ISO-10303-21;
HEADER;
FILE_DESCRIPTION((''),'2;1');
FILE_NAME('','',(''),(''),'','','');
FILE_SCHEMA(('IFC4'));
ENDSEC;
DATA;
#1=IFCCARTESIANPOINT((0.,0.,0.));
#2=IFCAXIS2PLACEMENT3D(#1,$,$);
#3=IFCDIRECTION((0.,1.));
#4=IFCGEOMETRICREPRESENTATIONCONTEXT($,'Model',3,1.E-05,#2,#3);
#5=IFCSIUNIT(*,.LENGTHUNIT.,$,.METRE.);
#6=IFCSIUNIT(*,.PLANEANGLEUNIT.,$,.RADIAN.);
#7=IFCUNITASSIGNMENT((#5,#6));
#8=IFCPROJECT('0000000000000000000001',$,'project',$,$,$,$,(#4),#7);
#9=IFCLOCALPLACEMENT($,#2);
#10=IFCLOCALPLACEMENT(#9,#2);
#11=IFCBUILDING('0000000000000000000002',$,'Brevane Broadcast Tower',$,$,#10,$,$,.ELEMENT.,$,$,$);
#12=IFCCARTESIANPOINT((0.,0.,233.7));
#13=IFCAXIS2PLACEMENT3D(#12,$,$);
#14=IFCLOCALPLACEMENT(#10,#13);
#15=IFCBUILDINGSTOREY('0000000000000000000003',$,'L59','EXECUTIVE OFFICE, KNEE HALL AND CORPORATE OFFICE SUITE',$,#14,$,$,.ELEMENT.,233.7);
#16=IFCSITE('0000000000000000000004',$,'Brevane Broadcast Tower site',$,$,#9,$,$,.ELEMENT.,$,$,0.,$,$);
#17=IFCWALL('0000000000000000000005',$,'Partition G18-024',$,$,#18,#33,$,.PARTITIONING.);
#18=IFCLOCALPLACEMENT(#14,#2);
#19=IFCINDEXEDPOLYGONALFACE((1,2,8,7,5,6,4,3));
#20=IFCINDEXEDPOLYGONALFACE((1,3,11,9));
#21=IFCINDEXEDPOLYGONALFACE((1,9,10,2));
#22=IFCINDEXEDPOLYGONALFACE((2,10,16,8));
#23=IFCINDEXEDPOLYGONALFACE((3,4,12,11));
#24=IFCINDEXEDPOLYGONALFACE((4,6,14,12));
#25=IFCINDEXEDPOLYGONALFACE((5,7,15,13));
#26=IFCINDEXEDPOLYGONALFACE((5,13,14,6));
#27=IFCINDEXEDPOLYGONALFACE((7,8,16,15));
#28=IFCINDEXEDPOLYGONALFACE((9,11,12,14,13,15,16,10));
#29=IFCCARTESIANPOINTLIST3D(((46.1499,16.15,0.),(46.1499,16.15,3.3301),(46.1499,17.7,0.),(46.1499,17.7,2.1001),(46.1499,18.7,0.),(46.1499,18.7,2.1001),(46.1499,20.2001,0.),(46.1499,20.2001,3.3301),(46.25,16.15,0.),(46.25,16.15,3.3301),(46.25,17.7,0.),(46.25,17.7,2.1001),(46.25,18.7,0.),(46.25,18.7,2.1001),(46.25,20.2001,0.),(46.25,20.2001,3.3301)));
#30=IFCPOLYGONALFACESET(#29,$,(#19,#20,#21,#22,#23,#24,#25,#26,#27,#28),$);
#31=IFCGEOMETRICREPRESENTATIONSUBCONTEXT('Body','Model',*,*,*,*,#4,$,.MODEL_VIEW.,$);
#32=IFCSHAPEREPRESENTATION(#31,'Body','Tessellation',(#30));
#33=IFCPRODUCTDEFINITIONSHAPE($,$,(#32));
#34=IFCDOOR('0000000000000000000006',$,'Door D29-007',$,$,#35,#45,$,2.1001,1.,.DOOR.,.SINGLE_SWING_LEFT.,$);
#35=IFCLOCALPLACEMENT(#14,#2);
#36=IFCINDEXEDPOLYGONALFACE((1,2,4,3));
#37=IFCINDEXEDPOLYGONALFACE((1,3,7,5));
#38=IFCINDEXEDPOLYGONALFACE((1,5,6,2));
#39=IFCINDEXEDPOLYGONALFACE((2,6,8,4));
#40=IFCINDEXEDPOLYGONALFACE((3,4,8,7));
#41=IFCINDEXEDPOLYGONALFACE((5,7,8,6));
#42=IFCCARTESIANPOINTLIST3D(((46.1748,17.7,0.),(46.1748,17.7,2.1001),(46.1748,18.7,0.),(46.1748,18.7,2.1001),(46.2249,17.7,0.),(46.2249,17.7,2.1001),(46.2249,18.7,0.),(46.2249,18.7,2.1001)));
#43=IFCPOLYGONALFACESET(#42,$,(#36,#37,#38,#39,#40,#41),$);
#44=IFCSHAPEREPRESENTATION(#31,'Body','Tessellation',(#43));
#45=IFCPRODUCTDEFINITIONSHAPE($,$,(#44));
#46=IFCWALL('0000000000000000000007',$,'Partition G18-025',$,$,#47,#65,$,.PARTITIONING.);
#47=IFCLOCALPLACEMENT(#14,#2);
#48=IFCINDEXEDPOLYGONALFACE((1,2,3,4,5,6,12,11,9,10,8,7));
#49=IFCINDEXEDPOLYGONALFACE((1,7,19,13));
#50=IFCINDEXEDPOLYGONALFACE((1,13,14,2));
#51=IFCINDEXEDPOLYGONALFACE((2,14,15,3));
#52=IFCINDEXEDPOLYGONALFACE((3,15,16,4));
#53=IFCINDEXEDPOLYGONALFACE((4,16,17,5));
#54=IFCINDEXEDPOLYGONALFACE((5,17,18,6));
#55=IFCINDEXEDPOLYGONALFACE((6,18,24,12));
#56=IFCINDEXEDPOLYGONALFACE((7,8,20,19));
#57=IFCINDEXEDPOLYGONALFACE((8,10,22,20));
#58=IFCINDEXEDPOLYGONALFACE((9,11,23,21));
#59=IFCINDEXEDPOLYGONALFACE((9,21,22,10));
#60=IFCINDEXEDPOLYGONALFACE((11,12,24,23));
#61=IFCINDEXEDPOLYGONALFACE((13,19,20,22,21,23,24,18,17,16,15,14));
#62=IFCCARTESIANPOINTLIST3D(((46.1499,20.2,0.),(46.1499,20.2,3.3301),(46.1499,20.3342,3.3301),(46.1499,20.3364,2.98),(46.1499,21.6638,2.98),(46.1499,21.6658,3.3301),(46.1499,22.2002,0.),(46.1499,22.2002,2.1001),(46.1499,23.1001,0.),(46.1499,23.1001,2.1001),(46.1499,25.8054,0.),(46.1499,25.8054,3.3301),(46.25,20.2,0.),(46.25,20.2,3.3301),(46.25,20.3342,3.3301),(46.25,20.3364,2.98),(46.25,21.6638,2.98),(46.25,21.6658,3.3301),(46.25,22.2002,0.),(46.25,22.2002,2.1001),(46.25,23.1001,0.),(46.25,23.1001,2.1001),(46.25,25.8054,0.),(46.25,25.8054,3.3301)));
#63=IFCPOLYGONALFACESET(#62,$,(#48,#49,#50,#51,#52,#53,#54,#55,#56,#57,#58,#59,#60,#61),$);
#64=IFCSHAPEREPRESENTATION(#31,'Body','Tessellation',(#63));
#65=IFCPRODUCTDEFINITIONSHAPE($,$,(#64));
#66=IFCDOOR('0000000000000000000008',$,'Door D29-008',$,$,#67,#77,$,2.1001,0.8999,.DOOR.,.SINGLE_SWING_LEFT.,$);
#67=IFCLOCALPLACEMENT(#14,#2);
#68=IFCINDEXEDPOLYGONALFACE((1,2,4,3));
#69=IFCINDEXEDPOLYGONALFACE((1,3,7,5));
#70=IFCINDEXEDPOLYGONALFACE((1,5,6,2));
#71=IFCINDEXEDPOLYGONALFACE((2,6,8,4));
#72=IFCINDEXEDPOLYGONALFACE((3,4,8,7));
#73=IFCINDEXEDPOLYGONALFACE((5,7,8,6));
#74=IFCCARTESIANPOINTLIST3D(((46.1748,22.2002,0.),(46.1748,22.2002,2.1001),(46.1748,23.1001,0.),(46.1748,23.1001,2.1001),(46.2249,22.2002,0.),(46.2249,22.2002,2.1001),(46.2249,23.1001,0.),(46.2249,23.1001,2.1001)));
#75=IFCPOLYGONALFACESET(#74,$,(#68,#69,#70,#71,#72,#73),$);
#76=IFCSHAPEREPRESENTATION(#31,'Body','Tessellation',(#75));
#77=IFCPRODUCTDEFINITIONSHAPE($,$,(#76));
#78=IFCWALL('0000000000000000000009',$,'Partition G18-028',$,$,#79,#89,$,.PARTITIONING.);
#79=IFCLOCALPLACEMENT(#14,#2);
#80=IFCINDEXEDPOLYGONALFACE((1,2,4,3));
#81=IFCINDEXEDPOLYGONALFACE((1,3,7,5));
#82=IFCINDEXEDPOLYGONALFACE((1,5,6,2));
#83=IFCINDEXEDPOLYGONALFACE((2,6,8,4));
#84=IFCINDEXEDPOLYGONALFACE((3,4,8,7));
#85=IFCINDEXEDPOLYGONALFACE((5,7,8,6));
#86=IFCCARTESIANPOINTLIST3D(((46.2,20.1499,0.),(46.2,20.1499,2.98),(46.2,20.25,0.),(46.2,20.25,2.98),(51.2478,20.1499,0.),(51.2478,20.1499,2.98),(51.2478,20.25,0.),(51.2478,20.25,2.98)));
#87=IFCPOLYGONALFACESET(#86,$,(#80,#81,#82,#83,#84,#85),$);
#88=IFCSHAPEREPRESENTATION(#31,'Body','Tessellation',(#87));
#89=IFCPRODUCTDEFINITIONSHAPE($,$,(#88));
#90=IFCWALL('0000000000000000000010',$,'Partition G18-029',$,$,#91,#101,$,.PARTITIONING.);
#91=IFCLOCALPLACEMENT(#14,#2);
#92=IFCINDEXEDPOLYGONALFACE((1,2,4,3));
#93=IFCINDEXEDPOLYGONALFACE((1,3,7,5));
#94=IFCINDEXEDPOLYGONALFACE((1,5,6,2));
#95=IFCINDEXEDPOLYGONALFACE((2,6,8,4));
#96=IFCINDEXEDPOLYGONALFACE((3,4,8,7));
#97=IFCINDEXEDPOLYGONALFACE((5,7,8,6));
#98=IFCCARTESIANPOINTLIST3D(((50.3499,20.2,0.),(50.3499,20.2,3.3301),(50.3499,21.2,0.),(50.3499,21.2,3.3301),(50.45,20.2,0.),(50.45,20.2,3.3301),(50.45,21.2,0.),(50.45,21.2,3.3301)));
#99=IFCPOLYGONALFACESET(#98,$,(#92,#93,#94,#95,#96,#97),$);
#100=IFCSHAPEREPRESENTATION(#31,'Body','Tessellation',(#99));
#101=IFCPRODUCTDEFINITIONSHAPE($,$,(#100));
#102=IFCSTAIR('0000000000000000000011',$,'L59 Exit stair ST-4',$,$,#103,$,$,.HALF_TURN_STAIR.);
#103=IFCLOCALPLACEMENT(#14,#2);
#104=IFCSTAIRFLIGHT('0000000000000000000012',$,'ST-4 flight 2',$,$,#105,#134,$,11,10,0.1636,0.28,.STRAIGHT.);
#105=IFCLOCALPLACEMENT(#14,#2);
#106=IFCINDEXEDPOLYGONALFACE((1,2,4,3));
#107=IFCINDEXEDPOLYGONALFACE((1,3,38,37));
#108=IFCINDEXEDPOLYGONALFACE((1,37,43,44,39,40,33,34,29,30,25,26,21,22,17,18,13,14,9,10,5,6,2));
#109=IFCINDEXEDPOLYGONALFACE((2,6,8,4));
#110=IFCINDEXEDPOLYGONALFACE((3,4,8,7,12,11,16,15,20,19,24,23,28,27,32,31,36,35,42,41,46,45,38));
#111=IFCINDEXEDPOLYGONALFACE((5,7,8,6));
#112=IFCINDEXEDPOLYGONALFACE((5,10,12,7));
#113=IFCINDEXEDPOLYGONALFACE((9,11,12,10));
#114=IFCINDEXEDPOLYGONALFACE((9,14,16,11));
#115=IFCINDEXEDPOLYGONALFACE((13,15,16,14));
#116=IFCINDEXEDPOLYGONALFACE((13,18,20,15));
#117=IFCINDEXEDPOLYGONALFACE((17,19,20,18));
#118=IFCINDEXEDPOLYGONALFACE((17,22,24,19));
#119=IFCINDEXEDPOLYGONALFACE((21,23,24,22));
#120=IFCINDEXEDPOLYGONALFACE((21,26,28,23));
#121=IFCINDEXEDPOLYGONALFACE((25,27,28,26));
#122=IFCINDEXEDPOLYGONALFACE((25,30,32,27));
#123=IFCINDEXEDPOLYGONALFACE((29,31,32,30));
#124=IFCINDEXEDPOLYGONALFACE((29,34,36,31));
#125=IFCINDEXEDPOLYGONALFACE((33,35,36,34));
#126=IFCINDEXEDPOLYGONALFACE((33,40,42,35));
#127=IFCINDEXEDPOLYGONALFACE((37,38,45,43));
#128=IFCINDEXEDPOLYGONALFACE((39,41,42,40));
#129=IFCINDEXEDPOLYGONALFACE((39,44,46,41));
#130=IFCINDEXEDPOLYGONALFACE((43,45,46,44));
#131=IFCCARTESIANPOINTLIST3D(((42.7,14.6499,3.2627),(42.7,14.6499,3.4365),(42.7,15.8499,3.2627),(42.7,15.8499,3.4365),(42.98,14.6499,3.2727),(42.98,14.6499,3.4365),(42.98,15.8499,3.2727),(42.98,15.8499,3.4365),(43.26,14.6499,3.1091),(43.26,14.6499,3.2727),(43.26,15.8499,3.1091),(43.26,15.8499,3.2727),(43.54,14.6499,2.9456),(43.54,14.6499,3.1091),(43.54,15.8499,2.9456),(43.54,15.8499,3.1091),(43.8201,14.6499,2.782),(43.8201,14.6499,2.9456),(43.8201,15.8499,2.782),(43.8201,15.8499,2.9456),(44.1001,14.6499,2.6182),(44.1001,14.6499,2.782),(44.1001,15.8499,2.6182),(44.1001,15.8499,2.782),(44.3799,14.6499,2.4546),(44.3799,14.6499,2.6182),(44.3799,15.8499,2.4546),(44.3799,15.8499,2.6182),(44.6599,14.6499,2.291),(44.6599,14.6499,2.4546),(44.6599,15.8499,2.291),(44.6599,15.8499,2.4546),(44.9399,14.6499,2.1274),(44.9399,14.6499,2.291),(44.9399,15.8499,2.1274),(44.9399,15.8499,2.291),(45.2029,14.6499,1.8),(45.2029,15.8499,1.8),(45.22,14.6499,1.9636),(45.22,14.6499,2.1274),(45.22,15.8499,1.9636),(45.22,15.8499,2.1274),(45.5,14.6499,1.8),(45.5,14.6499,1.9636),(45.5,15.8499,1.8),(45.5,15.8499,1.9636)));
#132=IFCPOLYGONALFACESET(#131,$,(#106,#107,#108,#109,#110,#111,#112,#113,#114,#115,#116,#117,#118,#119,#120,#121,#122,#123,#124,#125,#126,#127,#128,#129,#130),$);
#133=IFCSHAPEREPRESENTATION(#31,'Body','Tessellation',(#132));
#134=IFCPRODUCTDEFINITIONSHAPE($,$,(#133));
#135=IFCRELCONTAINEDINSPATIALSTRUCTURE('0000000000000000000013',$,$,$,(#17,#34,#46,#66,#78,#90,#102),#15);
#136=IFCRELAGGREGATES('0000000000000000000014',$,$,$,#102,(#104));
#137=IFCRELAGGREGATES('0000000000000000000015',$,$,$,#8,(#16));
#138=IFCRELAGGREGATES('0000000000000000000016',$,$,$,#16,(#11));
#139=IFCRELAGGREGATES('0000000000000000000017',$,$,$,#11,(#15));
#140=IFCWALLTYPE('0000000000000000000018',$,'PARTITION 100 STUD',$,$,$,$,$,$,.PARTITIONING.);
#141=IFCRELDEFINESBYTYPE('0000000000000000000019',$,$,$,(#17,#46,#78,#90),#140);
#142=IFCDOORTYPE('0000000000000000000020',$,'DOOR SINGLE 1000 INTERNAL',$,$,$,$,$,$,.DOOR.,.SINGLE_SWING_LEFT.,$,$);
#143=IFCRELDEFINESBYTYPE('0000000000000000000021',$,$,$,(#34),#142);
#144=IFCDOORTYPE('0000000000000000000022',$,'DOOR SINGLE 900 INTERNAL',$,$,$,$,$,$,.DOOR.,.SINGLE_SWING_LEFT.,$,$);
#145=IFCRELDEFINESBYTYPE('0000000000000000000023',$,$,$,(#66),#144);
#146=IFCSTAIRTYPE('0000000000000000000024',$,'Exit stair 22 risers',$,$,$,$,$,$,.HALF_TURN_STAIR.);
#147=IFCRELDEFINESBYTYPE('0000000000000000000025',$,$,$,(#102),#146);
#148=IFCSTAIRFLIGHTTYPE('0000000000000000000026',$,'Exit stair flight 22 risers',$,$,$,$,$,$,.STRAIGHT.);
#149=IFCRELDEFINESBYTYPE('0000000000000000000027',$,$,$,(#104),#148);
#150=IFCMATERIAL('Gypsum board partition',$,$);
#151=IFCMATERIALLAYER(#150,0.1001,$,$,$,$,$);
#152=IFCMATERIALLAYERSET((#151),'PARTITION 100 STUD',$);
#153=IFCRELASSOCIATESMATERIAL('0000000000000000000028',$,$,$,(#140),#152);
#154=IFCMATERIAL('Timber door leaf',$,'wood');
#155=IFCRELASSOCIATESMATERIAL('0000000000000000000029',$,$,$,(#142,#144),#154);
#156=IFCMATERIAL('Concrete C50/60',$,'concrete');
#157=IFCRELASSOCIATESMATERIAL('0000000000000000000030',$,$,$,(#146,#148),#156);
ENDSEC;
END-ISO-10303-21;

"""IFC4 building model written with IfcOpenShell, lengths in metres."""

from ifc_helpers import new_model, si_unit, direction, frame, frame_2d, origin, place, context, subcontext, project, spatial, polyline, rectangle, outline, extrude, material, layer, layer_set, type_object, element, fill, aggregate, save


model = new_model("IFC4")

# Units and contexts
model_context = context("Model", 3, precision=1e-05, world=origin(), true_north=direction((0.0, 1.0)))
body_context = subcontext(model_context, "Body", "Model", "MODEL_VIEW")
ifc_project = project(units=[si_unit("LENGTHUNIT", "METRE"), si_unit("PLANEANGLEUNIT", "RADIAN")], contexts=[model_context])

# Site, building, storey
site_placement = place(None, origin())
site = spatial("IfcSite", under=ifc_project, at=site_placement, Name="Brevane Broadcast Tower site", CompositionType="ELEMENT", RefElevation=0.0)
building_placement = place(site_placement, origin())
building = spatial("IfcBuilding", under=site, at=building_placement, Name="Brevane Broadcast Tower", CompositionType="ELEMENT")
storey_placement = place(building_placement, frame((0.0, 0.0, 233.7)))
storey = spatial("IfcBuildingStorey", under=building, at=storey_placement, Name="L59", Description="EXECUTIVE OFFICE, KNEE HALL AND CORPORATE OFFICE SUITE", CompositionType="ELEMENT", Elevation=233.7)

# Shared definitions
ifc_material_1 = material(Name="Concrete C50/60", Category="concrete")

# Walls, openings, doors
ifc_material_2 = material(Name="Gypsum board partition")
ifc_layer = layer(ifc_material_2, 0.1001)
ifc_layer_set = layer_set([ifc_layer], Name="PARTITION 100 STUD")
wall_type = type_object("IfcWallType", Name="PARTITION 100 STUD", PredefinedType="PARTITIONING", material=ifc_layer_set)
wall_1_placement = place(storey_placement, frame((46.2, 20.2, 0.0), z_axis=(0.0, 0.0, 1.0), x_axis=(0.0, -1.0, 0.0)))
wall_1 = element("IfcWall", 1, at=wall_1_placement, inside=storey, type_object=wall_type, Name="Partition G18-024", PredefinedType="PARTITIONING", context=body_context, shape_type="SweptSolid", body=[
    extrude(rectangle(XDim=4.05, YDim=0.1001, at=frame_2d((2.0249, 0.0))), origin(), (0.0, 0.0, 1.0), 3.3301),
])
opening_1_placement = place(wall_1_placement, frame((1.5, 0.0, 0.0)))
opening_1 = element("IfcOpeningElement", 2, at=opening_1_placement, cuts=wall_1, PredefinedType="OPENING", context=body_context, shape_type="SweptSolid", body=[
    extrude(rectangle(XDim=1.0, YDim=2.1001, at=frame_2d((0.5, 1.05))), frame((0.0, 0.0601, 0.0), z_axis=(0.0, -1.0, 0.0), x_axis=(1.0, 0.0, 0.0)), (0.0, 0.0, 1.0), 0.1201),
])
ifc_material_3 = material(Name="Timber door leaf", Category="wood")
door_type_1 = type_object("IfcDoorType", Name="DOOR SINGLE 1000 INTERNAL", OperationType="SINGLE_SWING_LEFT", PredefinedType="DOOR", material=ifc_material_3)
door_1_placement = place(opening_1_placement, origin())
door_1 = element("IfcDoor", 3, at=door_1_placement, inside=storey, type_object=door_type_1, Name="Door D29-007", OperationType="SINGLE_SWING_LEFT", OverallHeight=2.1001, OverallWidth=1.0, PredefinedType="DOOR", context=body_context, shape_type="SweptSolid", body=[
    extrude(rectangle(XDim=1.0, YDim=2.1001, at=frame_2d((0.5, 1.05))), frame((0.0, 0.0249, 0.0), z_axis=(0.0, -1.0, 0.0), x_axis=(1.0, 0.0, 0.0)), (0.0, 0.0, 1.0), 0.05),
])
fill(opening_1, door_1)
wall_2_placement = place(storey_placement, frame((46.2, 25.8054, 0.0), z_axis=(0.0, 0.0, 1.0), x_axis=(0.0, -1.0, 0.0)))
wall_2 = element("IfcWall", 4, at=wall_2_placement, inside=storey, type_object=wall_type, Name="Partition G18-025", PredefinedType="PARTITIONING", context=body_context, shape_type="SweptSolid", body=[
    extrude(outline(polyline([(0.0, 0.0), (5.6055, 0.0), (5.6055, 3.3301), (5.4712, 3.3301), (5.469, 2.98), (4.1416, 2.98), (4.1396, 3.3301), (0.4055, 3.3301), (0.0, 3.3301), (0.0, 0.0)])), frame((0.0, 0.05, 0.0), z_axis=(0.0, -1.0, 0.0), x_axis=(1.0, 0.0, 0.0)), (0.0, 0.0, 1.0), 0.1001),
])
opening_2_placement = place(wall_2_placement, frame((2.7053, 0.0, 0.0)))
opening_2 = element("IfcOpeningElement", 5, at=opening_2_placement, cuts=wall_2, PredefinedType="OPENING", context=body_context, shape_type="SweptSolid", body=[
    extrude(rectangle(XDim=0.8999, YDim=2.1001, at=frame_2d((0.45, 1.05))), frame((0.0, 0.0601, 0.0), z_axis=(0.0, -1.0, 0.0), x_axis=(1.0, 0.0, 0.0)), (0.0, 0.0, 1.0), 0.1201),
])
door_type_2 = type_object("IfcDoorType", Name="DOOR SINGLE 900 INTERNAL", OperationType="SINGLE_SWING_LEFT", PredefinedType="DOOR", material=ifc_material_3)
door_2_placement = place(opening_2_placement, origin())
door_2 = element("IfcDoor", 6, at=door_2_placement, inside=storey, type_object=door_type_2, Name="Door D29-008", OperationType="SINGLE_SWING_LEFT", OverallHeight=2.1001, OverallWidth=0.8999, PredefinedType="DOOR", context=body_context, shape_type="SweptSolid", body=[
    extrude(rectangle(XDim=0.8999, YDim=2.1001, at=frame_2d((0.45, 1.05))), frame((0.0, 0.0249, 0.0), z_axis=(0.0, -1.0, 0.0), x_axis=(1.0, 0.0, 0.0)), (0.0, 0.0, 1.0), 0.05),
])
fill(opening_2, door_2)

# Walls
wall_3_placement = place(storey_placement, frame((46.2, 20.2, 0.0), z_axis=(0.0, 0.0, 1.0), x_axis=(1.0, 0.0, 0.0)))
element("IfcWall", 7, at=wall_3_placement, inside=storey, type_object=wall_type, Name="Partition G18-028", PredefinedType="PARTITIONING", context=body_context, shape_type="SweptSolid", body=[
    extrude(rectangle(XDim=5.0479, YDim=0.1001, at=frame_2d((2.5239, 0.0))), origin(), (0.0, 0.0, 1.0), 2.98),
])
wall_4_placement = place(storey_placement, frame((50.3999, 20.2, 0.0), z_axis=(0.0, 0.0, 1.0), x_axis=(0.0, 1.0, 0.0)))
element("IfcWall", 8, at=wall_4_placement, inside=storey, type_object=wall_type, Name="Partition G18-029", PredefinedType="PARTITIONING", context=body_context, shape_type="SweptSolid", body=[
    extrude(rectangle(XDim=1.0, YDim=0.1001, at=frame_2d((0.5, 0.0))), origin(), (0.0, 0.0, 1.0), 3.3301),
])

# Stair, stair flight
stair_type = type_object("IfcStairType", Name="Exit stair 22 risers", PredefinedType="HALF_TURN_STAIR", material=ifc_material_1)
stair_placement = place(storey_placement, origin())
stair = element("IfcStair", 9, at=stair_placement, inside=storey, type_object=stair_type, Name="L59 Exit stair ST-4", PredefinedType="HALF_TURN_STAIR")
stair_flight_type = type_object("IfcStairFlightType", Name="Exit stair flight 22 risers", PredefinedType="STRAIGHT", material=ifc_material_1)
stair_flight_placement = place(storey_placement, frame((45.5, 15.25, 1.8), z_axis=(0.0, 0.0, 1.0), x_axis=(-1.0, 0.0, 0.0)))
stair_flight = element("IfcStairFlight", 10, at=stair_flight_placement, type_object=stair_flight_type, Name="ST-4 flight 2", NumberOfRisers=11, NumberOfTreads=10, PredefinedType="STRAIGHT", RiserHeight=0.1636, TreadLength=0.28, context=body_context, shape_type="SweptSolid", body=[
    extrude(outline(polyline([(0.0, 0.0), (0.0, 0.1636), (0.28, 0.1636), (0.28, 0.3274), (0.5601, 0.3274), (0.5601, 0.491), (0.8401, 0.491), (0.8401, 0.6545), (1.1201, 0.6545), (1.1201, 0.8181), (1.3999, 0.8181), (1.3999, 0.9819), (1.6799, 0.9819), (1.6799, 1.1455), (1.96, 1.1455), (1.96, 1.3091), (2.24, 1.3091), (2.24, 1.4727), (2.52, 1.4727), (2.52, 1.6365), (2.8, 1.6365), (2.8, 1.8), (2.8, 1.4626), (0.2971, 0.0), (0.0, 0.0)])), frame((0.0, 0.6001, 0.0), z_axis=(0.0, -1.0, 0.0), x_axis=(1.0, 0.0, 0.0)), (0.0, 0.0, 1.0), 1.2),
])
aggregate(stair, [stair_flight])

save(model, "model.ifc")
